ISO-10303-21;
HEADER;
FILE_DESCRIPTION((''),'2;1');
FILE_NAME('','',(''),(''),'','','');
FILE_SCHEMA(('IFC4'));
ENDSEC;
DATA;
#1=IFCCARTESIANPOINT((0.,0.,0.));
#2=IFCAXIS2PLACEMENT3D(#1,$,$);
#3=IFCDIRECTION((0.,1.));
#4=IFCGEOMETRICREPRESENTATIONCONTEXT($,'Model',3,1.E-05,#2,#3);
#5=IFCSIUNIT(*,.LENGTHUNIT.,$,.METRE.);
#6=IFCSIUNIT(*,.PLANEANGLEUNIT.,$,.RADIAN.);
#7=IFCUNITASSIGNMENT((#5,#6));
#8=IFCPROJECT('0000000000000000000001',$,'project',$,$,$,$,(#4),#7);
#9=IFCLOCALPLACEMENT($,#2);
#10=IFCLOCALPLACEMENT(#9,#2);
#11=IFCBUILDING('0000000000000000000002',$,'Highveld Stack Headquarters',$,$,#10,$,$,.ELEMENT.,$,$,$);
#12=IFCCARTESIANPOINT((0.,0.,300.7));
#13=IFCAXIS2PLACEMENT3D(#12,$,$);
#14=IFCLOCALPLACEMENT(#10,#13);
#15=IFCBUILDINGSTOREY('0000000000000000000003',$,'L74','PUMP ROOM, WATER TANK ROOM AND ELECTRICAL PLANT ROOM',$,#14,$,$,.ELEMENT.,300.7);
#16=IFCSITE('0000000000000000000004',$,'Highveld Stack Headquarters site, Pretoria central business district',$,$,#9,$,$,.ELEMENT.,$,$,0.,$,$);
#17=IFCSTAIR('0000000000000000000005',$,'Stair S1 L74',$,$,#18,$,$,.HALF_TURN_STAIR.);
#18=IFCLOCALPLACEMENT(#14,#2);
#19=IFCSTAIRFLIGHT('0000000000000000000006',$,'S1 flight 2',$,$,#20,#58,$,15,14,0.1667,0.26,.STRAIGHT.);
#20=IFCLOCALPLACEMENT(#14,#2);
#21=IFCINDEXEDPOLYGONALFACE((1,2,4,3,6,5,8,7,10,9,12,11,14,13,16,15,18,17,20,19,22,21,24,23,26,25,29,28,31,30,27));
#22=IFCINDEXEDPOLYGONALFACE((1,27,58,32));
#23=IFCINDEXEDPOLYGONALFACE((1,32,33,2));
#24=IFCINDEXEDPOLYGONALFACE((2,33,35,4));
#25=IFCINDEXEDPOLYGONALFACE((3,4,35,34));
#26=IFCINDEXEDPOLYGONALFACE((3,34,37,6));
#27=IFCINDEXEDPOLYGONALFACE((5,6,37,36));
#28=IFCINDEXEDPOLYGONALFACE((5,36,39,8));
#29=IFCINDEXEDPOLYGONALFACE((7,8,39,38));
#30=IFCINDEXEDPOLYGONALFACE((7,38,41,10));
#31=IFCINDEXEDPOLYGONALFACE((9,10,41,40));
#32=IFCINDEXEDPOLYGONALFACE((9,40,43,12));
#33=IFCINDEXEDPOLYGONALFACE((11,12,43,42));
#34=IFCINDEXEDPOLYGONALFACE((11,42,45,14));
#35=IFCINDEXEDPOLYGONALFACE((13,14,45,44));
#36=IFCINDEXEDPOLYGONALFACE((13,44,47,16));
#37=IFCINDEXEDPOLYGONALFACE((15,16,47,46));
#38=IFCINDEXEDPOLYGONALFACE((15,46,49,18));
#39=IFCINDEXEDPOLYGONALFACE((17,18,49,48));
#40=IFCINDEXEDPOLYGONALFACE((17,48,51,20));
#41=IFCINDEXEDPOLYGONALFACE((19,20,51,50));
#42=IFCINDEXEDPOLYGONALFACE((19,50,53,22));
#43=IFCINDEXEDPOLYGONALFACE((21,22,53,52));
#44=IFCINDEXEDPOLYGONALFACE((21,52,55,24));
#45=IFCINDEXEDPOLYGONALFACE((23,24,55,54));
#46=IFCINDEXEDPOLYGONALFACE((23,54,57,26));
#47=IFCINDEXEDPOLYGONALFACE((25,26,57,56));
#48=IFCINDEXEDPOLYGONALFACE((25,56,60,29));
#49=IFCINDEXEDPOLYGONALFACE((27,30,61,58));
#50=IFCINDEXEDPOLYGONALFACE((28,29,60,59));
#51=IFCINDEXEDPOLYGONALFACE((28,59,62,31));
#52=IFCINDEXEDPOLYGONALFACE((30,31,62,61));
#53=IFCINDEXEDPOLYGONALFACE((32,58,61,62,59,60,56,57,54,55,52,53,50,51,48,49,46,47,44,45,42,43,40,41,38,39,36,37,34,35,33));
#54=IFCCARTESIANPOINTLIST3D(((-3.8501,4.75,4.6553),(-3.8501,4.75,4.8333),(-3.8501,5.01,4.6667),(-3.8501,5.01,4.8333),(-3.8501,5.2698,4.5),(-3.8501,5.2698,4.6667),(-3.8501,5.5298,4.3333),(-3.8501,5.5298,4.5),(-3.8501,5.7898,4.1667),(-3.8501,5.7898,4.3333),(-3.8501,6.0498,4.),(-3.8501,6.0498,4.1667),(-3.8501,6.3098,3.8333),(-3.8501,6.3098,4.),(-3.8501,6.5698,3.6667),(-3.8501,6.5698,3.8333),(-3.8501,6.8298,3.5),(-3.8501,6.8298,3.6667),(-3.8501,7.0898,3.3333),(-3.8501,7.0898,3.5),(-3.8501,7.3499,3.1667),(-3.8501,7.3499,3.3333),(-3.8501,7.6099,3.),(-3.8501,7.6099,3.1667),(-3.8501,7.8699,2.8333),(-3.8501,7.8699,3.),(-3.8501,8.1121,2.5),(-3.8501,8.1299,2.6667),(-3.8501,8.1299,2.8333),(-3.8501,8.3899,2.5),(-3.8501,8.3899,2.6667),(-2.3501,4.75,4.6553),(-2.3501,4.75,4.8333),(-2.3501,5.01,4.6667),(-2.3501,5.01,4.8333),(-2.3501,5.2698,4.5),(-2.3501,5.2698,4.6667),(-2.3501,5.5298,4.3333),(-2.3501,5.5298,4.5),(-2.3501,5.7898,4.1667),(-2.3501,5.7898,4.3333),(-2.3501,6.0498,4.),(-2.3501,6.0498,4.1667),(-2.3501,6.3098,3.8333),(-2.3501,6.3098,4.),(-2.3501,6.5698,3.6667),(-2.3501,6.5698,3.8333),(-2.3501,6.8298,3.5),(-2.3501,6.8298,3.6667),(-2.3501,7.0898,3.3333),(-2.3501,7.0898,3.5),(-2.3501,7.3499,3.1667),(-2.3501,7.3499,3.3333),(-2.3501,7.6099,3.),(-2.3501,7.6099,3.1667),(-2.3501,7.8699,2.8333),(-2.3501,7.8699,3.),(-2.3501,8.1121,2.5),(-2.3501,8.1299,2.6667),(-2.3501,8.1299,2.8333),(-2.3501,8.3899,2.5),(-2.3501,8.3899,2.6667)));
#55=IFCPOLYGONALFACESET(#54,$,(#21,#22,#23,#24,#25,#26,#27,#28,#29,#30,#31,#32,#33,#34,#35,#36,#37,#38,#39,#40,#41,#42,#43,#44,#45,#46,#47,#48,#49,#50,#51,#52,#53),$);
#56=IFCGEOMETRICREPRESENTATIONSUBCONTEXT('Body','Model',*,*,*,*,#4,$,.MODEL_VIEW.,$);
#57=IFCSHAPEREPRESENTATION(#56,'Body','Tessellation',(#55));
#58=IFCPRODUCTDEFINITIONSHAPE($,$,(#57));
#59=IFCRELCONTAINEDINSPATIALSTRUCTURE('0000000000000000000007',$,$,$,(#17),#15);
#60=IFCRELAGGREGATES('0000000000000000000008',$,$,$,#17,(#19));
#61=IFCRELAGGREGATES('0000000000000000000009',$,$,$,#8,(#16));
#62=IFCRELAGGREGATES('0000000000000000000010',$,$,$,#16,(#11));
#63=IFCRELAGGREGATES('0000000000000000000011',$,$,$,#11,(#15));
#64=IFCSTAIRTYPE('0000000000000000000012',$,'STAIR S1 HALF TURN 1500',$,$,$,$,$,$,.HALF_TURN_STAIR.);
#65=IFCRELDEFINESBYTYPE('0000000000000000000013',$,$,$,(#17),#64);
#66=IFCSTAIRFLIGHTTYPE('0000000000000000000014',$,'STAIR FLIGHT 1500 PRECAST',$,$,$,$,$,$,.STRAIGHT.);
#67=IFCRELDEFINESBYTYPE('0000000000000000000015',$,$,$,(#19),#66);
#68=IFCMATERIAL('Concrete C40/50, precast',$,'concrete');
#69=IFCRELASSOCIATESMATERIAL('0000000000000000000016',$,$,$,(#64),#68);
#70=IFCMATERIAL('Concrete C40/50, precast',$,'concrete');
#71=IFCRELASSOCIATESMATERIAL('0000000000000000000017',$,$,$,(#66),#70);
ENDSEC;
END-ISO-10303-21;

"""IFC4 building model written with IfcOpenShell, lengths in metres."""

from ifc_helpers import new_model, si_unit, direction, frame, origin, place, context, subcontext, project, spatial, polyline, outline, extrude, material, type_object, element, aggregate, save


model = new_model("IFC4")

# Units and contexts
model_context = context("Model", 3, precision=1e-05, world=origin(), true_north=direction((0.0, 1.0)))
body_context = subcontext(model_context, "Body", "Model", "MODEL_VIEW")
ifc_project = project(units=[si_unit("LENGTHUNIT", "METRE"), si_unit("PLANEANGLEUNIT", "RADIAN")], contexts=[model_context])

# Site, building, storey
site_placement = place(None, origin())
site = spatial("IfcSite", under=ifc_project, at=site_placement, Name="Highveld Stack Headquarters site, Pretoria central business district", CompositionType="ELEMENT", RefElevation=0.0)
building_placement = place(site_placement, origin())
building = spatial("IfcBuilding", under=site, at=building_placement, Name="Highveld Stack Headquarters", CompositionType="ELEMENT")
storey_placement = place(building_placement, frame((0.0, 0.0, 300.7)))
storey = spatial("IfcBuildingStorey", under=building, at=storey_placement, Name="L74", Description="PUMP ROOM, WATER TANK ROOM AND ELECTRICAL PLANT ROOM", CompositionType="ELEMENT", Elevation=300.7)

# Stair, stair flight
ifc_material_1 = material(Name="Concrete C40/50, precast", Category="concrete")
stair_type = type_object("IfcStairType", Name="STAIR S1 HALF TURN 1500", PredefinedType="HALF_TURN_STAIR", material=ifc_material_1)
stair_placement = place(storey_placement, origin())
stair = element("IfcStair", 1, at=stair_placement, inside=storey, type_object=stair_type, Name="Stair S1 L74", PredefinedType="HALF_TURN_STAIR")
ifc_material_2 = material(Name="Concrete C40/50, precast", Category="concrete")
stair_flight_type = type_object("IfcStairFlightType", Name="STAIR FLIGHT 1500 PRECAST", PredefinedType="STRAIGHT", material=ifc_material_2)
stair_flight_1_placement = place(storey_placement, frame((-3.1001, 8.3899, 2.5), z_axis=(0.0, 0.0, 1.0), x_axis=(0.0, -1.0, 0.0)))
stair_flight_1 = element("IfcStairFlight", 2, at=stair_flight_1_placement, type_object=stair_flight_type, Name="S1 flight 2", NumberOfRisers=15, NumberOfTreads=14, PredefinedType="STRAIGHT", RiserHeight=0.1667, TreadLength=0.26, context=body_context, shape_type="SweptSolid", body=[
    extrude(outline(polyline([(0.0, 0.0), (0.0, 0.1667), (0.26, 0.1667), (0.26, 0.3333), (0.52, 0.3333), (0.52, 0.5), (0.78, 0.5), (0.78, 0.6667), (1.04, 0.6667), (1.04, 0.8333), (1.3, 0.8333), (1.3, 1.0), (1.5601, 1.0), (1.5601, 1.1667), (1.8201, 1.1667), (1.8201, 1.3333), (2.0801, 1.3333), (2.0801, 1.5), (2.3401, 1.5), (2.3401, 1.6667), (2.6001, 1.6667), (2.6001, 1.8333), (2.8601, 1.8333), (2.8601, 2.0), (3.1201, 2.0), (3.1201, 2.1667), (3.3799, 2.1667), (3.3799, 2.3333), (3.6399, 2.3333), (3.6399, 2.5), (3.6399, 2.1553), (0.2778, 0.0), (0.0, 0.0)])), frame((0.0, 0.75, 0.0), z_axis=(0.0, -1.0, 0.0), x_axis=(1.0, 0.0, 0.0)), (0.0, 0.0, 1.0), 1.5),
])
aggregate(stair, [stair_flight_1])

save(model, "model.ifc")
